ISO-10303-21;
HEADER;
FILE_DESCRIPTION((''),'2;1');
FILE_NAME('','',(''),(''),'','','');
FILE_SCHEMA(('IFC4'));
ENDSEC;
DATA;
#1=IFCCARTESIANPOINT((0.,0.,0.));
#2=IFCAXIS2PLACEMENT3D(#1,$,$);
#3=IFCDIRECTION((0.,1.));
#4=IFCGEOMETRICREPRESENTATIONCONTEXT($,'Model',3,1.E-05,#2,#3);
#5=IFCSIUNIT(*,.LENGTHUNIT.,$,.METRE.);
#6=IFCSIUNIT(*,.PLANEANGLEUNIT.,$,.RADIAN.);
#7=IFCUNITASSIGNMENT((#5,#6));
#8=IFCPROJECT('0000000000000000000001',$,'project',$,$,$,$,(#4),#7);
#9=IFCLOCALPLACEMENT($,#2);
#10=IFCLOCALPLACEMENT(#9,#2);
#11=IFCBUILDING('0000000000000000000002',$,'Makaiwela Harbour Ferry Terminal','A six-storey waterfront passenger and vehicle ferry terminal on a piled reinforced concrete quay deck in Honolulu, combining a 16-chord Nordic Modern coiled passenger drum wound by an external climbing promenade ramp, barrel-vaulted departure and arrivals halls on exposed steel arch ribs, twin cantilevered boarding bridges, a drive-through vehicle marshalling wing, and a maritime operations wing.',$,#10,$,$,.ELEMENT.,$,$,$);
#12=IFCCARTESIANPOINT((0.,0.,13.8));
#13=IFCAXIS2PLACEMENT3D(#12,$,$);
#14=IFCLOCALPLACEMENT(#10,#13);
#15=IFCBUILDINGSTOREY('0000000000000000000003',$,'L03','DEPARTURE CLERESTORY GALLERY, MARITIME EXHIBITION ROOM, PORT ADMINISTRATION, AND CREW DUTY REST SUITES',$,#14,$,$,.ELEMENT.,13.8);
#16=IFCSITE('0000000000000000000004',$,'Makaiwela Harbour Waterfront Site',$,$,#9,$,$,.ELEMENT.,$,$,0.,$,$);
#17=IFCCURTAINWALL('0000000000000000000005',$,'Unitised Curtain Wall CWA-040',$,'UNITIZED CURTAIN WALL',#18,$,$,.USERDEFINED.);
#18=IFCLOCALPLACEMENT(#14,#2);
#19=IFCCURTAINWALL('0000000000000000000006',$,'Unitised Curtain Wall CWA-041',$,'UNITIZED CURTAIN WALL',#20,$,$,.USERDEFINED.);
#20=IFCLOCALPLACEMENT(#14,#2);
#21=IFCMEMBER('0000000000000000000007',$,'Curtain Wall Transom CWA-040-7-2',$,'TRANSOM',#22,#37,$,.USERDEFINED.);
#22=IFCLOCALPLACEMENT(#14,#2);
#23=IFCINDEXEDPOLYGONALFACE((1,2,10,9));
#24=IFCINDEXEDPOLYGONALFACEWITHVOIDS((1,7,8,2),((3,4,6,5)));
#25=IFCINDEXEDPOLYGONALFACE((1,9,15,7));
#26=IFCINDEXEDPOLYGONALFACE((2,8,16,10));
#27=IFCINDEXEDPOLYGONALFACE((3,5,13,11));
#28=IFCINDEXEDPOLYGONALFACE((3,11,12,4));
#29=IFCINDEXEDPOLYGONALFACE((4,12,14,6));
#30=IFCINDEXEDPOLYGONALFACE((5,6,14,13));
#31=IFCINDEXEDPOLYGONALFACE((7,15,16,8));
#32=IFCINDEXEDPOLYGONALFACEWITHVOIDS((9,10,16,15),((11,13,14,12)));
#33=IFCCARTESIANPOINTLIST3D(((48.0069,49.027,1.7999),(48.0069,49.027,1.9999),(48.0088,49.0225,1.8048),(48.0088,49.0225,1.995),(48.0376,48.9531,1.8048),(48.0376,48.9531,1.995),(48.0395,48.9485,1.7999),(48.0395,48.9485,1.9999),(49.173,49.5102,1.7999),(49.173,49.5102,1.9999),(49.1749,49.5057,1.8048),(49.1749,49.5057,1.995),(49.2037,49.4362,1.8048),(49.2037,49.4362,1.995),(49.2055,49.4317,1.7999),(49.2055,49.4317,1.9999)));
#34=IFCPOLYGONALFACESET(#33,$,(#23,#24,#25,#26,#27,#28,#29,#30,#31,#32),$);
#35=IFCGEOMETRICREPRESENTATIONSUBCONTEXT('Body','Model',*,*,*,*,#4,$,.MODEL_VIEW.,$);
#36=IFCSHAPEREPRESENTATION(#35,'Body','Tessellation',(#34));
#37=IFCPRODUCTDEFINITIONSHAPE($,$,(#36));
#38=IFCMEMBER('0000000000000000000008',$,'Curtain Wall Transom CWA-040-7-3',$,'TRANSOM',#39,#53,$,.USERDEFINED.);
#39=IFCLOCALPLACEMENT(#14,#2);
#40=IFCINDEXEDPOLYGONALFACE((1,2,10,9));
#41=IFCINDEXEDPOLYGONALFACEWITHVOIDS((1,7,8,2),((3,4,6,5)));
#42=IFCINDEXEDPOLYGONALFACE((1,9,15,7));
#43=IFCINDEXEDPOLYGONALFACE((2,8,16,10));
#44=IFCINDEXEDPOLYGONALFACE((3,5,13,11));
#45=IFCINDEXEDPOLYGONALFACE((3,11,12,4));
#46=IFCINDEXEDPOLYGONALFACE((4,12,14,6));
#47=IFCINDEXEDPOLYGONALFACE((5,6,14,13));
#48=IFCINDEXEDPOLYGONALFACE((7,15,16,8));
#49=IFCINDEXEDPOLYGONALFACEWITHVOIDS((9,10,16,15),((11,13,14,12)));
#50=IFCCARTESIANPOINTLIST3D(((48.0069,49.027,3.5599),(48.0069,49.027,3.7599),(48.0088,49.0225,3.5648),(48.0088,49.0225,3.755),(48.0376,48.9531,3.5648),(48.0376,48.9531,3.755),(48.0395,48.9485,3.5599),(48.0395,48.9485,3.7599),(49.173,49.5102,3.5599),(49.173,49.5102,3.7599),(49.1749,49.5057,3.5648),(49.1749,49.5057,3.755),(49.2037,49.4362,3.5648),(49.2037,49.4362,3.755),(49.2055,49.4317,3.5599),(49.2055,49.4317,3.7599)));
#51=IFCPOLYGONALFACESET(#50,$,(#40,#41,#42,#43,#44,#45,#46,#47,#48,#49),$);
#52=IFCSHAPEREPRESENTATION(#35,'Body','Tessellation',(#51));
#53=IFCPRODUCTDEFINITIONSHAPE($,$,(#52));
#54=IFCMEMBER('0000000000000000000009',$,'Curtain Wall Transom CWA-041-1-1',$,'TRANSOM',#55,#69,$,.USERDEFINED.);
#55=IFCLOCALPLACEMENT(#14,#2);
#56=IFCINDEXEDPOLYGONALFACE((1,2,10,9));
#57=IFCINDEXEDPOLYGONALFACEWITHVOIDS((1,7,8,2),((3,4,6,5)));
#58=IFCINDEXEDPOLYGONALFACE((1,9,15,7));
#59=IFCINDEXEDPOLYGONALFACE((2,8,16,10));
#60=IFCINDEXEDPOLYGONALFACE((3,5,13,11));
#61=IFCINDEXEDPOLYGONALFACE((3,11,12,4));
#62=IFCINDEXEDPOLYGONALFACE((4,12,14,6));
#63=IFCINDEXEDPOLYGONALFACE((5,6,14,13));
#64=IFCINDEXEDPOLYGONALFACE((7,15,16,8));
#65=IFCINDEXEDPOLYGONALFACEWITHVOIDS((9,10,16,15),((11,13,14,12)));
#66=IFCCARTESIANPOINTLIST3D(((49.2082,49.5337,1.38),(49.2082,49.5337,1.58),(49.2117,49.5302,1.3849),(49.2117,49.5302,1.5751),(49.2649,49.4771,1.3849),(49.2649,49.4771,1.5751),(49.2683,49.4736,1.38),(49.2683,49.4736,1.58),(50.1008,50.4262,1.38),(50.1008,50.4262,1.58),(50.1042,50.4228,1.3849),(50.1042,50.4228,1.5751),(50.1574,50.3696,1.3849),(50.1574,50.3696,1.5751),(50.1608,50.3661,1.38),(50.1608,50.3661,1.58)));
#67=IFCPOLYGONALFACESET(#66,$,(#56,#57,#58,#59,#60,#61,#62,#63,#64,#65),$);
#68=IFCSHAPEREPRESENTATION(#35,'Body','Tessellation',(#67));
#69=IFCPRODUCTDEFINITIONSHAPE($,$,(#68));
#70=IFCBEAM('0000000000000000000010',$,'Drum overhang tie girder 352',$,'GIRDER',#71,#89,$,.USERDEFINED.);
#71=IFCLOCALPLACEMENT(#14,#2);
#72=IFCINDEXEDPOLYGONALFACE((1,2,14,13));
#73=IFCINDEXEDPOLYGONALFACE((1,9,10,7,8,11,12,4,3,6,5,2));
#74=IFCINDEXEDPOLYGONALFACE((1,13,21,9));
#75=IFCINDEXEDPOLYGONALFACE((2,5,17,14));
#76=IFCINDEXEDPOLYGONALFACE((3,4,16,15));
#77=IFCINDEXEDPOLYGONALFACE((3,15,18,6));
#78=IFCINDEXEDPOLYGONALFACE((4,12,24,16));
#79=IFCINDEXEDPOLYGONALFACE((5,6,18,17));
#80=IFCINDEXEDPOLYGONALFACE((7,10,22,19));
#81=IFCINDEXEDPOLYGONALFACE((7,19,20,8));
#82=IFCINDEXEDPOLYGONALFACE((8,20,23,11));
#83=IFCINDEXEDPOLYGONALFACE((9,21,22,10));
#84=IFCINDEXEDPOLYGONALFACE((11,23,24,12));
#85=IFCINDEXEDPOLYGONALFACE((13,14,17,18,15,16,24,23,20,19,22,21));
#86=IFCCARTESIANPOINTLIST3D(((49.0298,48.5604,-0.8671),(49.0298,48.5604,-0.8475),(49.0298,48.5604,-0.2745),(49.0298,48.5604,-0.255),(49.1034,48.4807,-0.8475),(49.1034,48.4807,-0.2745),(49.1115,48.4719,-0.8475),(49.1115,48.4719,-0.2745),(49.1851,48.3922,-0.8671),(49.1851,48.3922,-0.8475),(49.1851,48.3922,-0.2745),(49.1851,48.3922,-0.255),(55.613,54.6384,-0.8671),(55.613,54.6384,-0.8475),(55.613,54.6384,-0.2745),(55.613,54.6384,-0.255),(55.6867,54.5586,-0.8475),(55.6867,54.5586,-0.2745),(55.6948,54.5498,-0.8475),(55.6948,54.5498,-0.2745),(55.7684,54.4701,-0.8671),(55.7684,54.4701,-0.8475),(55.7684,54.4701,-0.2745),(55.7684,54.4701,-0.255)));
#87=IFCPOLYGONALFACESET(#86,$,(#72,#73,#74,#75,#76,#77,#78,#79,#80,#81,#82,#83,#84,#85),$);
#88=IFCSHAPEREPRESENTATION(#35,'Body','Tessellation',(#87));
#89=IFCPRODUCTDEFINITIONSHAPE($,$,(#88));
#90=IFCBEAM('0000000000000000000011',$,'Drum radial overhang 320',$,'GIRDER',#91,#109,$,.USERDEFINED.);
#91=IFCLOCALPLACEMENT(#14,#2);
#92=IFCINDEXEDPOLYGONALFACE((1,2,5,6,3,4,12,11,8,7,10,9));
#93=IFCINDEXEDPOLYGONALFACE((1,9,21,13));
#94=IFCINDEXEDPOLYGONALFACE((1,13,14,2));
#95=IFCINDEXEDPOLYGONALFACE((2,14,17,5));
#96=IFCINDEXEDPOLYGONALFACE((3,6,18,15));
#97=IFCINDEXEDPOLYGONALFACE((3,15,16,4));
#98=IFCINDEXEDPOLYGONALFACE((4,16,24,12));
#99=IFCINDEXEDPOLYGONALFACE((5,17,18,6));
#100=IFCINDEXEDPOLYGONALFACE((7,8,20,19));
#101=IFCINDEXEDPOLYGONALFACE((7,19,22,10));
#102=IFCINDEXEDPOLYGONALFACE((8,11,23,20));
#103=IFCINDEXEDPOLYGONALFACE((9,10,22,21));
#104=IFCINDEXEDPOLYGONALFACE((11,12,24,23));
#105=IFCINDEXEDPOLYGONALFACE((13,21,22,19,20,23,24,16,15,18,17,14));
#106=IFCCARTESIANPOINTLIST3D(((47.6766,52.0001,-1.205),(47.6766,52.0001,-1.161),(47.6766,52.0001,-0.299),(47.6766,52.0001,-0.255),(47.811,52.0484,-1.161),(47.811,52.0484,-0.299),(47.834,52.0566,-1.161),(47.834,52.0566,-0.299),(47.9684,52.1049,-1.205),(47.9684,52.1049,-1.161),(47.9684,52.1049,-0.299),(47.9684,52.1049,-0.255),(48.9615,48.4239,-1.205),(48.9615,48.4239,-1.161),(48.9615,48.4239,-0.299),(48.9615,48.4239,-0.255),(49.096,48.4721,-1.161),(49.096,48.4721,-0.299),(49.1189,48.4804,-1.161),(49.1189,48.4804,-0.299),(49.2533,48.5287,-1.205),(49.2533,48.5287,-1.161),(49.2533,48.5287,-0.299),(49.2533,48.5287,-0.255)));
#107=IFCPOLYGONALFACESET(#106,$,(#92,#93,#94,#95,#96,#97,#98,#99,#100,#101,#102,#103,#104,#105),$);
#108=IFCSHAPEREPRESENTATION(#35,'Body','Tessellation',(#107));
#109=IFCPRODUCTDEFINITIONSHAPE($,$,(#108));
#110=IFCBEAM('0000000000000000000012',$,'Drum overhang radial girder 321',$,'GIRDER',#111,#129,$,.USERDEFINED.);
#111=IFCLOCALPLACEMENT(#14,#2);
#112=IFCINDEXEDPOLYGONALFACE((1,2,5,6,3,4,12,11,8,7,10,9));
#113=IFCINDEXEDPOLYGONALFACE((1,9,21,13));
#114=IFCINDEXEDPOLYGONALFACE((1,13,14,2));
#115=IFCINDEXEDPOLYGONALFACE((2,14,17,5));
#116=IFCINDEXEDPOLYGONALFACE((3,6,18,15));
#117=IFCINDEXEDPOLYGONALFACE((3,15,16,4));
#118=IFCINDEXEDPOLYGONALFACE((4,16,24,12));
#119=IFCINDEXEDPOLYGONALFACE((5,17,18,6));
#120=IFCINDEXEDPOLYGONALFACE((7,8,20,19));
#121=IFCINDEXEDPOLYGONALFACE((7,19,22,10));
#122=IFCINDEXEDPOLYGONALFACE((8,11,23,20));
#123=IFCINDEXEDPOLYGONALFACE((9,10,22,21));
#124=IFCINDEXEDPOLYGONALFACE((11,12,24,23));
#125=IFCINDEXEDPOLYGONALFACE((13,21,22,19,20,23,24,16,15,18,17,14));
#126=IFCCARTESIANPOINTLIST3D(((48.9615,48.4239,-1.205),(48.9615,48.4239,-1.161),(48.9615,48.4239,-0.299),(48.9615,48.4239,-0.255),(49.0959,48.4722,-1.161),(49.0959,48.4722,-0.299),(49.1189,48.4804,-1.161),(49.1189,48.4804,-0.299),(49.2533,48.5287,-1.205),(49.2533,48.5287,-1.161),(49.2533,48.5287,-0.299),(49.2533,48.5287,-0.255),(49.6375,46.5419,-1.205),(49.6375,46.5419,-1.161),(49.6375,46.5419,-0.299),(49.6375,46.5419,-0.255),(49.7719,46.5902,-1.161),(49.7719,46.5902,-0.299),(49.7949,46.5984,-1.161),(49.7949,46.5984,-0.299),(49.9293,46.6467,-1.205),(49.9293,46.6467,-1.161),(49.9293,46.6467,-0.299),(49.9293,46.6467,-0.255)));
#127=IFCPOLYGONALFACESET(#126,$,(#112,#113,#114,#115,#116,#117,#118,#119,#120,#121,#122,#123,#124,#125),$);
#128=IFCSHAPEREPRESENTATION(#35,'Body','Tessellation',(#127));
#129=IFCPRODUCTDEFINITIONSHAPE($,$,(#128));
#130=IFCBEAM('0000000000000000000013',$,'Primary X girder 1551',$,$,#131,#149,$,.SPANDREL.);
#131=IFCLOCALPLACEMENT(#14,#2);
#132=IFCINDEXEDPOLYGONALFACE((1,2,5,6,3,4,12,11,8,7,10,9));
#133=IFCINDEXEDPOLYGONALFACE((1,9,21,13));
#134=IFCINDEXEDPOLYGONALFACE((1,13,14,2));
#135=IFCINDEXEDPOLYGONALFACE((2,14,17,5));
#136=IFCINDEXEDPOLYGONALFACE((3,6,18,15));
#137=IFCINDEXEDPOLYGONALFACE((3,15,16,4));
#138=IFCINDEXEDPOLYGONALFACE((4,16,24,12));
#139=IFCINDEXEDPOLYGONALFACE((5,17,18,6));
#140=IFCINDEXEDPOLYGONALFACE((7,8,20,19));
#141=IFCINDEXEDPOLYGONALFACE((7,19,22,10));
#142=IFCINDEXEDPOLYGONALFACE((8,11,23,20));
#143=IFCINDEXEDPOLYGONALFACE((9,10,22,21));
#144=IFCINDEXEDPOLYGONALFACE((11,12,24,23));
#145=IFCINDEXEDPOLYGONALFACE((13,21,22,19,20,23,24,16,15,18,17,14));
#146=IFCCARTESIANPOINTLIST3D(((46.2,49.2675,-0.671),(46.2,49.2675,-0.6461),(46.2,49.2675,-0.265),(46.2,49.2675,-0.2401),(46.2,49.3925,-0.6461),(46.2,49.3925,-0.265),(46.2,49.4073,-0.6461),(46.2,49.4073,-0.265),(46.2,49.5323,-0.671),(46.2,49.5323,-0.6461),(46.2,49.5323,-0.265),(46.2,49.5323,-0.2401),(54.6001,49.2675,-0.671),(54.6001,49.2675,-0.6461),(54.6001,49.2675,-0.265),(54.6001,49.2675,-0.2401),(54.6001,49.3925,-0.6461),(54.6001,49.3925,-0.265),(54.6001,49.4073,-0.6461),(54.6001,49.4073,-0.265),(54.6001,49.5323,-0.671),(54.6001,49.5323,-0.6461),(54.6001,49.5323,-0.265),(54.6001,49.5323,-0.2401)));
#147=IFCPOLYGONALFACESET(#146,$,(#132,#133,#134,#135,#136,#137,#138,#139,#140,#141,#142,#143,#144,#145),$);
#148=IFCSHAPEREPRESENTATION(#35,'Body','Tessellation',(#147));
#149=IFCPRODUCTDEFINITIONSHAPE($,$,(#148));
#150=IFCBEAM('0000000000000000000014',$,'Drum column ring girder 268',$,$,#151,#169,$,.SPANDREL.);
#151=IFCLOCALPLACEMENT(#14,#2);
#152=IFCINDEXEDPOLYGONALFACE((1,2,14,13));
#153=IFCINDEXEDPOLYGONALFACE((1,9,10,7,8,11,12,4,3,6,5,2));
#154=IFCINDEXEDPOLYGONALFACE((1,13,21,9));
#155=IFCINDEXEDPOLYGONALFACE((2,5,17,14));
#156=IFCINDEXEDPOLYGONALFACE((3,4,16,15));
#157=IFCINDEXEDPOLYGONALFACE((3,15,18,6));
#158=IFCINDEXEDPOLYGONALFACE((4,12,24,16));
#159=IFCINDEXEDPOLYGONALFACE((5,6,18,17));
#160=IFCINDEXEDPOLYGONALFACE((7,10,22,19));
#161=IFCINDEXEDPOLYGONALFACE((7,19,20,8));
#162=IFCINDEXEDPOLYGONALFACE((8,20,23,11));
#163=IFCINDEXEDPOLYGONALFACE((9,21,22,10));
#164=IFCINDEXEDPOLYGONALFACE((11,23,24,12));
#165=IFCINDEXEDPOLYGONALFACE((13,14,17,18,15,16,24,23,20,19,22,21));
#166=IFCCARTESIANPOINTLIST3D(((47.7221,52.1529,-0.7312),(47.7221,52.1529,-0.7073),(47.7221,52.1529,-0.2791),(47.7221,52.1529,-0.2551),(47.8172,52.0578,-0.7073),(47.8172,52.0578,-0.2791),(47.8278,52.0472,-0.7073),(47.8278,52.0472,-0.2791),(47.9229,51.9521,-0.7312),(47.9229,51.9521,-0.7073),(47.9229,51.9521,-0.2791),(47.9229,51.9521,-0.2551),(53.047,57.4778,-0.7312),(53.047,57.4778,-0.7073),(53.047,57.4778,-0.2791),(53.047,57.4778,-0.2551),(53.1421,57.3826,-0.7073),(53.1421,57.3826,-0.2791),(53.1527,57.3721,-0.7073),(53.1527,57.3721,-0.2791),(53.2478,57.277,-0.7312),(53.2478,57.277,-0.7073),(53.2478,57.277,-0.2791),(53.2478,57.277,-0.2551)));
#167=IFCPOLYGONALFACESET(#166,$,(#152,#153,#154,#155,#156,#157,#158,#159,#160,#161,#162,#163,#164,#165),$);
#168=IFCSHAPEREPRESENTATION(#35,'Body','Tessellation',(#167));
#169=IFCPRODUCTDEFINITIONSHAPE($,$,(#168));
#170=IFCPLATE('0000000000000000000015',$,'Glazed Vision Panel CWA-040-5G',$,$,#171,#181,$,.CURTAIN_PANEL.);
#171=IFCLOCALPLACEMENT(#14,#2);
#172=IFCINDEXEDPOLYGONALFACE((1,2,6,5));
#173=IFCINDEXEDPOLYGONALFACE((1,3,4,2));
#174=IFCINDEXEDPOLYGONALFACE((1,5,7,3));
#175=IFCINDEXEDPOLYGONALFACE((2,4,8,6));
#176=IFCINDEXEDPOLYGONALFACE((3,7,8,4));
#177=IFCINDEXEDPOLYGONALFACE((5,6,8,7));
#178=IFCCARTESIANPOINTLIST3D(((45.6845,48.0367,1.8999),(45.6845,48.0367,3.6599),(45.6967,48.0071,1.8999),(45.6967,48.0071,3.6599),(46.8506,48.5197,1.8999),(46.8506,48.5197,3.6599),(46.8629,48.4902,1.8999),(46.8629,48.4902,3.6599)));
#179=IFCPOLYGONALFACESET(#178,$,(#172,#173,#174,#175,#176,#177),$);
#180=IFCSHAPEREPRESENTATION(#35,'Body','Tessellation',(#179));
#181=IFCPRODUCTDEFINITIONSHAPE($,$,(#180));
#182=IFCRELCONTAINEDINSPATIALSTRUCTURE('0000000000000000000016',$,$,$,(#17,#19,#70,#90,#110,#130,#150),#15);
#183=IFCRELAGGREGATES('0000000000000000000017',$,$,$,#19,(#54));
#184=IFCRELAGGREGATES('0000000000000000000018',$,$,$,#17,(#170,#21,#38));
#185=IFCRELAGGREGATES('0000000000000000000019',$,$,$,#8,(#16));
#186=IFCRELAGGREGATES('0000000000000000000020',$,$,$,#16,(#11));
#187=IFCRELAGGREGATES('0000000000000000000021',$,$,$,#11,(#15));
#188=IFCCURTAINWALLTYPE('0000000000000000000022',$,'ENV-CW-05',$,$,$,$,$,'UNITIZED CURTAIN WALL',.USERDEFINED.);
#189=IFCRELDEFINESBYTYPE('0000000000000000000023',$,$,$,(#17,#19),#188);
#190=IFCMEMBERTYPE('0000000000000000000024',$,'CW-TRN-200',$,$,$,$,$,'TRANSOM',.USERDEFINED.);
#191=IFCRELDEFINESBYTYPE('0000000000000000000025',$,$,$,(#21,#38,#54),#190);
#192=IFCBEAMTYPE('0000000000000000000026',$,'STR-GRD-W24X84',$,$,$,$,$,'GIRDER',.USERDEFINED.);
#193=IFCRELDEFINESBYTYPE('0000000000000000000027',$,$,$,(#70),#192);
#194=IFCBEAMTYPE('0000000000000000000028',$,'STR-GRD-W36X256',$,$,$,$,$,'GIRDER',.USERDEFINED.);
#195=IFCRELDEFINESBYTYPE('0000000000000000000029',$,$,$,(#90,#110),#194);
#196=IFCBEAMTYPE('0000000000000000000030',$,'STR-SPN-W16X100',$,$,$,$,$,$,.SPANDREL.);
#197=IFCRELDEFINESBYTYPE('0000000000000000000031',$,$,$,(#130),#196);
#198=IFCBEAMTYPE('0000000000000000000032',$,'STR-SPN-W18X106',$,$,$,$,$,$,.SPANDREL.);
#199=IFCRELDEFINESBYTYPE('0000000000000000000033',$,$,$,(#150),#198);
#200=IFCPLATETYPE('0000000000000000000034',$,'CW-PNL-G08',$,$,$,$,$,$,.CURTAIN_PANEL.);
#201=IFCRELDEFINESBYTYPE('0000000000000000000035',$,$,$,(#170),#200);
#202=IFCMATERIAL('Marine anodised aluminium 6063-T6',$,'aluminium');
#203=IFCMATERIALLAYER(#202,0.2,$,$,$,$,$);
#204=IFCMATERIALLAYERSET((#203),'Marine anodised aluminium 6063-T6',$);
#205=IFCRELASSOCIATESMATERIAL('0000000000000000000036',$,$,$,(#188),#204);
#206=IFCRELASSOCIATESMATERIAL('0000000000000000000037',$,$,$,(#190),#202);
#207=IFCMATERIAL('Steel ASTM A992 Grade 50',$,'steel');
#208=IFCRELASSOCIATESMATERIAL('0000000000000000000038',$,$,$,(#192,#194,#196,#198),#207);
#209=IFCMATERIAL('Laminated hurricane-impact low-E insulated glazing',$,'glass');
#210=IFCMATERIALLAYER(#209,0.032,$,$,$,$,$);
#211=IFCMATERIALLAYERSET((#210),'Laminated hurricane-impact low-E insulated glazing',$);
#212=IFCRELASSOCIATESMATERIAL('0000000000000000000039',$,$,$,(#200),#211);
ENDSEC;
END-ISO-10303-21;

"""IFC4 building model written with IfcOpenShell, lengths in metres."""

from ifc_helpers import new_model, si_unit, direction, frame, origin, origin_2d, place, context, subcontext, project, spatial, rectangle, hollow_rectangle, i_section, extrude, material, layer, layer_set, material_profile, profile_set, type_object, element, aggregate, save


model = new_model("IFC4")

# Units and contexts
model_context = context("Model", 3, precision=1e-05, world=origin(), true_north=direction((0.0, 1.0)))
body_context = subcontext(model_context, "Body", "Model", "MODEL_VIEW")
ifc_project = project(units=[si_unit("LENGTHUNIT", "METRE"), si_unit("PLANEANGLEUNIT", "RADIAN")], contexts=[model_context])

# Site, building, storey
site_placement = place(None, origin())
site = spatial("IfcSite", under=ifc_project, at=site_placement, Name="Makaiwela Harbour Waterfront Site", CompositionType="ELEMENT", RefElevation=0.0)
building_placement = place(site_placement, origin())
building = spatial("IfcBuilding", under=site, at=building_placement, Name="Makaiwela Harbour Ferry Terminal", Description="A six-storey waterfront passenger and vehicle ferry terminal on a piled reinforced concrete quay deck in Honolulu, combining a 16-chord Nordic Modern coiled passenger drum wound by an external climbing promenade ramp, barrel-vaulted departure and arrivals halls on exposed steel arch ribs, twin cantilevered boarding bridges, a drive-through vehicle marshalling wing, and a maritime operations wing.", CompositionType="ELEMENT")
storey_placement = place(building_placement, frame((0.0, 0.0, 13.8)))
storey = spatial("IfcBuildingStorey", under=building, at=storey_placement, Name="L03", Description="DEPARTURE CLERESTORY GALLERY, MARITIME EXHIBITION ROOM, PORT ADMINISTRATION, AND CREW DUTY REST SUITES", CompositionType="ELEMENT", Elevation=13.8)

# Shared definitions
ifc_material_1 = material(Name="Steel ASTM A992 Grade 50", Category="steel")

# Curtain wall
ifc_material_2 = material(Name="Marine anodised aluminium 6063-T6", Category="aluminium")
ifc_layer_1 = layer(ifc_material_2, 0.2)
ifc_layer_set_1 = layer_set([ifc_layer_1], Name="Marine anodised aluminium 6063-T6")
curtain_wall_type = type_object("IfcCurtainWallType", Name="ENV-CW-05", ElementType="UNITIZED CURTAIN WALL", PredefinedType="USERDEFINED", material=ifc_layer_set_1)
curtain_wall_1_placement = place(storey_placement, origin())
curtain_wall_1 = element("IfcCurtainWall", 1, at=curtain_wall_1_placement, inside=storey, type_object=curtain_wall_type, Name="Unitised Curtain Wall CWA-040", ObjectType="UNITIZED CURTAIN WALL", PredefinedType="USERDEFINED")

# Curtain wall
curtain_wall_2_placement = place(storey_placement, origin())
curtain_wall_2 = element("IfcCurtainWall", 2, at=curtain_wall_2_placement, inside=storey, type_object=curtain_wall_type, Name="Unitised Curtain Wall CWA-041", ObjectType="UNITIZED CURTAIN WALL", PredefinedType="USERDEFINED")

# Members
ifc_material_profile_1 = material_profile(ifc_material_2, hollow_rectangle(XDim=0.085, YDim=0.2, WallThickness=0.0049, at=origin_2d()), Name="CWT-200X85")
ifc_profile_set_1 = profile_set([ifc_material_profile_1], Name="Marine anodised aluminium 6063-T6")
member_type_1 = type_object("IfcMemberType", Name="CW-TRN-200", ElementType="TRANSOM", PredefinedType="USERDEFINED", material=ifc_profile_set_1)
member_1_placement = place(storey_placement, frame((48.0232, 48.9878, 1.8999), z_axis=(0.923831, 0.382802, 0.0), x_axis=(-0.382802, 0.923831, 0.0)))
member_1 = element("IfcMember", 3, at=member_1_placement, type_object=member_type_1, Name="Curtain Wall Transom CWA-040-7-2", ObjectType="TRANSOM", PredefinedType="USERDEFINED", context=body_context, shape_type="SweptSolid", body=[
    extrude(hollow_rectangle(XDim=0.085, YDim=0.2, WallThickness=0.0049, at=origin_2d()), origin(), (0.0, 0.0, 1.0), 1.2622),
])
member_2_placement = place(storey_placement, frame((48.0232, 48.9878, 3.6599), z_axis=(0.923831, 0.382802, 0.0), x_axis=(-0.382802, 0.923831, 0.0)))
member_2 = element("IfcMember", 4, at=member_2_placement, type_object=member_type_1, Name="Curtain Wall Transom CWA-040-7-3", ObjectType="TRANSOM", PredefinedType="USERDEFINED", context=body_context, shape_type="SweptSolid", body=[
    extrude(hollow_rectangle(XDim=0.085, YDim=0.2, WallThickness=0.0049, at=origin_2d()), origin(), (0.0, 0.0, 1.0), 1.2622),
])
member_3_placement = place(storey_placement, frame((49.2383, 49.5037, 1.48), z_axis=(0.707107, 0.707107, 0.0), x_axis=(-0.707107, 0.707107, 0.0)))
member_3 = element("IfcMember", 5, at=member_3_placement, type_object=member_type_1, Name="Curtain Wall Transom CWA-041-1-1", ObjectType="TRANSOM", PredefinedType="USERDEFINED", context=body_context, shape_type="SweptSolid", body=[
    extrude(hollow_rectangle(XDim=0.085, YDim=0.2, WallThickness=0.0049, at=origin_2d()), origin(), (0.0, 0.0, 1.0), 1.2622),
])
aggregate(curtain_wall_2, [member_3])

# Beams
ifc_material_profile_2 = material_profile(ifc_material_1, i_section(OverallWidth=0.229, OverallDepth=0.6121, WebThickness=0.012, FlangeThickness=0.0195, at=origin_2d()), Name="W24X84")
ifc_profile_set_2 = profile_set([ifc_material_profile_2], Name="Steel ASTM A992 Grade 50")
beam_type_1 = type_object("IfcBeamType", Name="STR-GRD-W24X84", ElementType="GIRDER", PredefinedType="USERDEFINED", material=ifc_profile_set_2)
beam_1_placement = place(storey_placement, frame((49.1074, 48.4763, -0.561), z_axis=(0.734746, 0.678342, 0.0), x_axis=(-0.678342, 0.734746, 0.0)))
element("IfcBeam", 6, at=beam_1_placement, inside=storey, type_object=beam_type_1, Name="Drum overhang tie girder 352", ObjectType="GIRDER", PredefinedType="USERDEFINED", context=body_context, shape_type="SweptSolid", body=[
    extrude(i_section(OverallWidth=0.229, OverallDepth=0.6121, WebThickness=0.012, FlangeThickness=0.0195, at=origin_2d()), origin(), (0.0, 0.0, 1.0), 8.96),
])
ifc_material_profile_3 = material_profile(ifc_material_1, i_section(OverallWidth=0.3101, OverallDepth=0.95, WebThickness=0.0244, FlangeThickness=0.0439, at=origin_2d()), Name="W36X256")
ifc_profile_set_3 = profile_set([ifc_material_profile_3], Name="Steel ASTM A992 Grade 50")
beam_type_2 = type_object("IfcBeamType", Name="STR-GRD-W36X256", ElementType="GIRDER", PredefinedType="USERDEFINED", material=ifc_profile_set_3)
beam_2_placement = place(storey_placement, frame((47.8225, 52.0525, -0.73), z_axis=(0.338135, -0.941098, 0.0), x_axis=(0.941098, 0.338135, 0.0)))
element("IfcBeam", 7, at=beam_2_placement, inside=storey, type_object=beam_type_2, Name="Drum radial overhang 320", ObjectType="GIRDER", PredefinedType="USERDEFINED", context=body_context, shape_type="SweptSolid", body=[
    extrude(i_section(OverallWidth=0.3101, OverallDepth=0.95, WebThickness=0.0244, FlangeThickness=0.0439, at=origin_2d()), origin(), (0.0, 0.0, 1.0), 3.8),
])
beam_3_placement = place(storey_placement, frame((49.1074, 48.4763, -0.73), z_axis=(0.338045, -0.94113, 0.0), x_axis=(0.94113, 0.338045, 0.0)))
element("IfcBeam", 8, at=beam_3_placement, inside=storey, type_object=beam_type_2, Name="Drum overhang radial girder 321", ObjectType="GIRDER", PredefinedType="USERDEFINED", context=body_context, shape_type="SweptSolid", body=[
    extrude(i_section(OverallWidth=0.3101, OverallDepth=0.95, WebThickness=0.0244, FlangeThickness=0.0439, at=origin_2d()), origin(), (0.0, 0.0, 1.0), 1.9998),
])
ifc_material_profile_4 = material_profile(ifc_material_1, i_section(OverallWidth=0.2649, OverallDepth=0.4309, WebThickness=0.0149, FlangeThickness=0.0249, at=origin_2d()), Name="W16X100")
ifc_profile_set_4 = profile_set([ifc_material_profile_4], Name="Steel ASTM A992 Grade 50")
beam_type_3 = type_object("IfcBeamType", Name="STR-SPN-W16X100", PredefinedType="SPANDREL", material=ifc_profile_set_4)
beam_4_placement = place(storey_placement, frame((46.2, 49.3999, -0.4556), z_axis=(1.0, 0.0, 0.0), x_axis=(0.0, 1.0, 0.0)))
element("IfcBeam", 9, at=beam_4_placement, inside=storey, type_object=beam_type_3, Name="Primary X girder 1551", PredefinedType="SPANDREL", context=body_context, shape_type="SweptSolid", body=[
    extrude(i_section(OverallWidth=0.2649, OverallDepth=0.4309, WebThickness=0.0149, FlangeThickness=0.0249, at=origin_2d()), origin(), (0.0, 0.0, 1.0), 8.4001),
])
ifc_material_profile_5 = material_profile(ifc_material_1, i_section(OverallWidth=0.2839, OverallDepth=0.4761, WebThickness=0.0149, FlangeThickness=0.0239, at=origin_2d()), Name="W18X106")
ifc_profile_set_5 = profile_set([ifc_material_profile_5], Name="Steel ASTM A992 Grade 50")
beam_type_4 = type_object("IfcBeamType", Name="STR-SPN-W18X106", PredefinedType="SPANDREL", material=ifc_profile_set_5)
beam_5_placement = place(storey_placement, frame((47.8225, 52.0525, -0.4932), z_axis=(0.707107, 0.707107, 0.0), x_axis=(-0.707107, 0.707107, 0.0)))
element("IfcBeam", 10, at=beam_5_placement, inside=storey, type_object=beam_type_4, Name="Drum column ring girder 268", PredefinedType="SPANDREL", context=body_context, shape_type="SweptSolid", body=[
    extrude(i_section(OverallWidth=0.2839, OverallDepth=0.4761, WebThickness=0.0149, FlangeThickness=0.0239, at=origin_2d()), origin(), (0.0, 0.0, 1.0), 7.5305),
])

# Plate
ifc_material_3 = material(Name="Laminated hurricane-impact low-E insulated glazing", Category="glass")
ifc_layer_2 = layer(ifc_material_3, 0.032)
ifc_layer_set_2 = layer_set([ifc_layer_2], Name="Laminated hurricane-impact low-E insulated glazing")
plate_type_1 = type_object("IfcPlateType", Name="CW-PNL-G08", PredefinedType="CURTAIN_PANEL", material=ifc_layer_set_2)
plate_1_placement = place(storey_placement, frame((46.2737, 48.2634, 1.8999), z_axis=(0.0, 0.0, 1.0), x_axis=(0.92388, 0.382683, 0.0)))
plate_1 = element("IfcPlate", 11, at=plate_1_placement, type_object=plate_type_1, Name="Glazed Vision Panel CWA-040-5G", PredefinedType="CURTAIN_PANEL", context=body_context, shape_type="SweptSolid", body=[
    extrude(rectangle(XDim=1.2622, YDim=0.032, at=origin_2d()), origin(), (0.0, 0.0, 1.0), 1.76),
])
aggregate(curtain_wall_1, [plate_1, member_1, member_2])

save(model, "model.ifc")
